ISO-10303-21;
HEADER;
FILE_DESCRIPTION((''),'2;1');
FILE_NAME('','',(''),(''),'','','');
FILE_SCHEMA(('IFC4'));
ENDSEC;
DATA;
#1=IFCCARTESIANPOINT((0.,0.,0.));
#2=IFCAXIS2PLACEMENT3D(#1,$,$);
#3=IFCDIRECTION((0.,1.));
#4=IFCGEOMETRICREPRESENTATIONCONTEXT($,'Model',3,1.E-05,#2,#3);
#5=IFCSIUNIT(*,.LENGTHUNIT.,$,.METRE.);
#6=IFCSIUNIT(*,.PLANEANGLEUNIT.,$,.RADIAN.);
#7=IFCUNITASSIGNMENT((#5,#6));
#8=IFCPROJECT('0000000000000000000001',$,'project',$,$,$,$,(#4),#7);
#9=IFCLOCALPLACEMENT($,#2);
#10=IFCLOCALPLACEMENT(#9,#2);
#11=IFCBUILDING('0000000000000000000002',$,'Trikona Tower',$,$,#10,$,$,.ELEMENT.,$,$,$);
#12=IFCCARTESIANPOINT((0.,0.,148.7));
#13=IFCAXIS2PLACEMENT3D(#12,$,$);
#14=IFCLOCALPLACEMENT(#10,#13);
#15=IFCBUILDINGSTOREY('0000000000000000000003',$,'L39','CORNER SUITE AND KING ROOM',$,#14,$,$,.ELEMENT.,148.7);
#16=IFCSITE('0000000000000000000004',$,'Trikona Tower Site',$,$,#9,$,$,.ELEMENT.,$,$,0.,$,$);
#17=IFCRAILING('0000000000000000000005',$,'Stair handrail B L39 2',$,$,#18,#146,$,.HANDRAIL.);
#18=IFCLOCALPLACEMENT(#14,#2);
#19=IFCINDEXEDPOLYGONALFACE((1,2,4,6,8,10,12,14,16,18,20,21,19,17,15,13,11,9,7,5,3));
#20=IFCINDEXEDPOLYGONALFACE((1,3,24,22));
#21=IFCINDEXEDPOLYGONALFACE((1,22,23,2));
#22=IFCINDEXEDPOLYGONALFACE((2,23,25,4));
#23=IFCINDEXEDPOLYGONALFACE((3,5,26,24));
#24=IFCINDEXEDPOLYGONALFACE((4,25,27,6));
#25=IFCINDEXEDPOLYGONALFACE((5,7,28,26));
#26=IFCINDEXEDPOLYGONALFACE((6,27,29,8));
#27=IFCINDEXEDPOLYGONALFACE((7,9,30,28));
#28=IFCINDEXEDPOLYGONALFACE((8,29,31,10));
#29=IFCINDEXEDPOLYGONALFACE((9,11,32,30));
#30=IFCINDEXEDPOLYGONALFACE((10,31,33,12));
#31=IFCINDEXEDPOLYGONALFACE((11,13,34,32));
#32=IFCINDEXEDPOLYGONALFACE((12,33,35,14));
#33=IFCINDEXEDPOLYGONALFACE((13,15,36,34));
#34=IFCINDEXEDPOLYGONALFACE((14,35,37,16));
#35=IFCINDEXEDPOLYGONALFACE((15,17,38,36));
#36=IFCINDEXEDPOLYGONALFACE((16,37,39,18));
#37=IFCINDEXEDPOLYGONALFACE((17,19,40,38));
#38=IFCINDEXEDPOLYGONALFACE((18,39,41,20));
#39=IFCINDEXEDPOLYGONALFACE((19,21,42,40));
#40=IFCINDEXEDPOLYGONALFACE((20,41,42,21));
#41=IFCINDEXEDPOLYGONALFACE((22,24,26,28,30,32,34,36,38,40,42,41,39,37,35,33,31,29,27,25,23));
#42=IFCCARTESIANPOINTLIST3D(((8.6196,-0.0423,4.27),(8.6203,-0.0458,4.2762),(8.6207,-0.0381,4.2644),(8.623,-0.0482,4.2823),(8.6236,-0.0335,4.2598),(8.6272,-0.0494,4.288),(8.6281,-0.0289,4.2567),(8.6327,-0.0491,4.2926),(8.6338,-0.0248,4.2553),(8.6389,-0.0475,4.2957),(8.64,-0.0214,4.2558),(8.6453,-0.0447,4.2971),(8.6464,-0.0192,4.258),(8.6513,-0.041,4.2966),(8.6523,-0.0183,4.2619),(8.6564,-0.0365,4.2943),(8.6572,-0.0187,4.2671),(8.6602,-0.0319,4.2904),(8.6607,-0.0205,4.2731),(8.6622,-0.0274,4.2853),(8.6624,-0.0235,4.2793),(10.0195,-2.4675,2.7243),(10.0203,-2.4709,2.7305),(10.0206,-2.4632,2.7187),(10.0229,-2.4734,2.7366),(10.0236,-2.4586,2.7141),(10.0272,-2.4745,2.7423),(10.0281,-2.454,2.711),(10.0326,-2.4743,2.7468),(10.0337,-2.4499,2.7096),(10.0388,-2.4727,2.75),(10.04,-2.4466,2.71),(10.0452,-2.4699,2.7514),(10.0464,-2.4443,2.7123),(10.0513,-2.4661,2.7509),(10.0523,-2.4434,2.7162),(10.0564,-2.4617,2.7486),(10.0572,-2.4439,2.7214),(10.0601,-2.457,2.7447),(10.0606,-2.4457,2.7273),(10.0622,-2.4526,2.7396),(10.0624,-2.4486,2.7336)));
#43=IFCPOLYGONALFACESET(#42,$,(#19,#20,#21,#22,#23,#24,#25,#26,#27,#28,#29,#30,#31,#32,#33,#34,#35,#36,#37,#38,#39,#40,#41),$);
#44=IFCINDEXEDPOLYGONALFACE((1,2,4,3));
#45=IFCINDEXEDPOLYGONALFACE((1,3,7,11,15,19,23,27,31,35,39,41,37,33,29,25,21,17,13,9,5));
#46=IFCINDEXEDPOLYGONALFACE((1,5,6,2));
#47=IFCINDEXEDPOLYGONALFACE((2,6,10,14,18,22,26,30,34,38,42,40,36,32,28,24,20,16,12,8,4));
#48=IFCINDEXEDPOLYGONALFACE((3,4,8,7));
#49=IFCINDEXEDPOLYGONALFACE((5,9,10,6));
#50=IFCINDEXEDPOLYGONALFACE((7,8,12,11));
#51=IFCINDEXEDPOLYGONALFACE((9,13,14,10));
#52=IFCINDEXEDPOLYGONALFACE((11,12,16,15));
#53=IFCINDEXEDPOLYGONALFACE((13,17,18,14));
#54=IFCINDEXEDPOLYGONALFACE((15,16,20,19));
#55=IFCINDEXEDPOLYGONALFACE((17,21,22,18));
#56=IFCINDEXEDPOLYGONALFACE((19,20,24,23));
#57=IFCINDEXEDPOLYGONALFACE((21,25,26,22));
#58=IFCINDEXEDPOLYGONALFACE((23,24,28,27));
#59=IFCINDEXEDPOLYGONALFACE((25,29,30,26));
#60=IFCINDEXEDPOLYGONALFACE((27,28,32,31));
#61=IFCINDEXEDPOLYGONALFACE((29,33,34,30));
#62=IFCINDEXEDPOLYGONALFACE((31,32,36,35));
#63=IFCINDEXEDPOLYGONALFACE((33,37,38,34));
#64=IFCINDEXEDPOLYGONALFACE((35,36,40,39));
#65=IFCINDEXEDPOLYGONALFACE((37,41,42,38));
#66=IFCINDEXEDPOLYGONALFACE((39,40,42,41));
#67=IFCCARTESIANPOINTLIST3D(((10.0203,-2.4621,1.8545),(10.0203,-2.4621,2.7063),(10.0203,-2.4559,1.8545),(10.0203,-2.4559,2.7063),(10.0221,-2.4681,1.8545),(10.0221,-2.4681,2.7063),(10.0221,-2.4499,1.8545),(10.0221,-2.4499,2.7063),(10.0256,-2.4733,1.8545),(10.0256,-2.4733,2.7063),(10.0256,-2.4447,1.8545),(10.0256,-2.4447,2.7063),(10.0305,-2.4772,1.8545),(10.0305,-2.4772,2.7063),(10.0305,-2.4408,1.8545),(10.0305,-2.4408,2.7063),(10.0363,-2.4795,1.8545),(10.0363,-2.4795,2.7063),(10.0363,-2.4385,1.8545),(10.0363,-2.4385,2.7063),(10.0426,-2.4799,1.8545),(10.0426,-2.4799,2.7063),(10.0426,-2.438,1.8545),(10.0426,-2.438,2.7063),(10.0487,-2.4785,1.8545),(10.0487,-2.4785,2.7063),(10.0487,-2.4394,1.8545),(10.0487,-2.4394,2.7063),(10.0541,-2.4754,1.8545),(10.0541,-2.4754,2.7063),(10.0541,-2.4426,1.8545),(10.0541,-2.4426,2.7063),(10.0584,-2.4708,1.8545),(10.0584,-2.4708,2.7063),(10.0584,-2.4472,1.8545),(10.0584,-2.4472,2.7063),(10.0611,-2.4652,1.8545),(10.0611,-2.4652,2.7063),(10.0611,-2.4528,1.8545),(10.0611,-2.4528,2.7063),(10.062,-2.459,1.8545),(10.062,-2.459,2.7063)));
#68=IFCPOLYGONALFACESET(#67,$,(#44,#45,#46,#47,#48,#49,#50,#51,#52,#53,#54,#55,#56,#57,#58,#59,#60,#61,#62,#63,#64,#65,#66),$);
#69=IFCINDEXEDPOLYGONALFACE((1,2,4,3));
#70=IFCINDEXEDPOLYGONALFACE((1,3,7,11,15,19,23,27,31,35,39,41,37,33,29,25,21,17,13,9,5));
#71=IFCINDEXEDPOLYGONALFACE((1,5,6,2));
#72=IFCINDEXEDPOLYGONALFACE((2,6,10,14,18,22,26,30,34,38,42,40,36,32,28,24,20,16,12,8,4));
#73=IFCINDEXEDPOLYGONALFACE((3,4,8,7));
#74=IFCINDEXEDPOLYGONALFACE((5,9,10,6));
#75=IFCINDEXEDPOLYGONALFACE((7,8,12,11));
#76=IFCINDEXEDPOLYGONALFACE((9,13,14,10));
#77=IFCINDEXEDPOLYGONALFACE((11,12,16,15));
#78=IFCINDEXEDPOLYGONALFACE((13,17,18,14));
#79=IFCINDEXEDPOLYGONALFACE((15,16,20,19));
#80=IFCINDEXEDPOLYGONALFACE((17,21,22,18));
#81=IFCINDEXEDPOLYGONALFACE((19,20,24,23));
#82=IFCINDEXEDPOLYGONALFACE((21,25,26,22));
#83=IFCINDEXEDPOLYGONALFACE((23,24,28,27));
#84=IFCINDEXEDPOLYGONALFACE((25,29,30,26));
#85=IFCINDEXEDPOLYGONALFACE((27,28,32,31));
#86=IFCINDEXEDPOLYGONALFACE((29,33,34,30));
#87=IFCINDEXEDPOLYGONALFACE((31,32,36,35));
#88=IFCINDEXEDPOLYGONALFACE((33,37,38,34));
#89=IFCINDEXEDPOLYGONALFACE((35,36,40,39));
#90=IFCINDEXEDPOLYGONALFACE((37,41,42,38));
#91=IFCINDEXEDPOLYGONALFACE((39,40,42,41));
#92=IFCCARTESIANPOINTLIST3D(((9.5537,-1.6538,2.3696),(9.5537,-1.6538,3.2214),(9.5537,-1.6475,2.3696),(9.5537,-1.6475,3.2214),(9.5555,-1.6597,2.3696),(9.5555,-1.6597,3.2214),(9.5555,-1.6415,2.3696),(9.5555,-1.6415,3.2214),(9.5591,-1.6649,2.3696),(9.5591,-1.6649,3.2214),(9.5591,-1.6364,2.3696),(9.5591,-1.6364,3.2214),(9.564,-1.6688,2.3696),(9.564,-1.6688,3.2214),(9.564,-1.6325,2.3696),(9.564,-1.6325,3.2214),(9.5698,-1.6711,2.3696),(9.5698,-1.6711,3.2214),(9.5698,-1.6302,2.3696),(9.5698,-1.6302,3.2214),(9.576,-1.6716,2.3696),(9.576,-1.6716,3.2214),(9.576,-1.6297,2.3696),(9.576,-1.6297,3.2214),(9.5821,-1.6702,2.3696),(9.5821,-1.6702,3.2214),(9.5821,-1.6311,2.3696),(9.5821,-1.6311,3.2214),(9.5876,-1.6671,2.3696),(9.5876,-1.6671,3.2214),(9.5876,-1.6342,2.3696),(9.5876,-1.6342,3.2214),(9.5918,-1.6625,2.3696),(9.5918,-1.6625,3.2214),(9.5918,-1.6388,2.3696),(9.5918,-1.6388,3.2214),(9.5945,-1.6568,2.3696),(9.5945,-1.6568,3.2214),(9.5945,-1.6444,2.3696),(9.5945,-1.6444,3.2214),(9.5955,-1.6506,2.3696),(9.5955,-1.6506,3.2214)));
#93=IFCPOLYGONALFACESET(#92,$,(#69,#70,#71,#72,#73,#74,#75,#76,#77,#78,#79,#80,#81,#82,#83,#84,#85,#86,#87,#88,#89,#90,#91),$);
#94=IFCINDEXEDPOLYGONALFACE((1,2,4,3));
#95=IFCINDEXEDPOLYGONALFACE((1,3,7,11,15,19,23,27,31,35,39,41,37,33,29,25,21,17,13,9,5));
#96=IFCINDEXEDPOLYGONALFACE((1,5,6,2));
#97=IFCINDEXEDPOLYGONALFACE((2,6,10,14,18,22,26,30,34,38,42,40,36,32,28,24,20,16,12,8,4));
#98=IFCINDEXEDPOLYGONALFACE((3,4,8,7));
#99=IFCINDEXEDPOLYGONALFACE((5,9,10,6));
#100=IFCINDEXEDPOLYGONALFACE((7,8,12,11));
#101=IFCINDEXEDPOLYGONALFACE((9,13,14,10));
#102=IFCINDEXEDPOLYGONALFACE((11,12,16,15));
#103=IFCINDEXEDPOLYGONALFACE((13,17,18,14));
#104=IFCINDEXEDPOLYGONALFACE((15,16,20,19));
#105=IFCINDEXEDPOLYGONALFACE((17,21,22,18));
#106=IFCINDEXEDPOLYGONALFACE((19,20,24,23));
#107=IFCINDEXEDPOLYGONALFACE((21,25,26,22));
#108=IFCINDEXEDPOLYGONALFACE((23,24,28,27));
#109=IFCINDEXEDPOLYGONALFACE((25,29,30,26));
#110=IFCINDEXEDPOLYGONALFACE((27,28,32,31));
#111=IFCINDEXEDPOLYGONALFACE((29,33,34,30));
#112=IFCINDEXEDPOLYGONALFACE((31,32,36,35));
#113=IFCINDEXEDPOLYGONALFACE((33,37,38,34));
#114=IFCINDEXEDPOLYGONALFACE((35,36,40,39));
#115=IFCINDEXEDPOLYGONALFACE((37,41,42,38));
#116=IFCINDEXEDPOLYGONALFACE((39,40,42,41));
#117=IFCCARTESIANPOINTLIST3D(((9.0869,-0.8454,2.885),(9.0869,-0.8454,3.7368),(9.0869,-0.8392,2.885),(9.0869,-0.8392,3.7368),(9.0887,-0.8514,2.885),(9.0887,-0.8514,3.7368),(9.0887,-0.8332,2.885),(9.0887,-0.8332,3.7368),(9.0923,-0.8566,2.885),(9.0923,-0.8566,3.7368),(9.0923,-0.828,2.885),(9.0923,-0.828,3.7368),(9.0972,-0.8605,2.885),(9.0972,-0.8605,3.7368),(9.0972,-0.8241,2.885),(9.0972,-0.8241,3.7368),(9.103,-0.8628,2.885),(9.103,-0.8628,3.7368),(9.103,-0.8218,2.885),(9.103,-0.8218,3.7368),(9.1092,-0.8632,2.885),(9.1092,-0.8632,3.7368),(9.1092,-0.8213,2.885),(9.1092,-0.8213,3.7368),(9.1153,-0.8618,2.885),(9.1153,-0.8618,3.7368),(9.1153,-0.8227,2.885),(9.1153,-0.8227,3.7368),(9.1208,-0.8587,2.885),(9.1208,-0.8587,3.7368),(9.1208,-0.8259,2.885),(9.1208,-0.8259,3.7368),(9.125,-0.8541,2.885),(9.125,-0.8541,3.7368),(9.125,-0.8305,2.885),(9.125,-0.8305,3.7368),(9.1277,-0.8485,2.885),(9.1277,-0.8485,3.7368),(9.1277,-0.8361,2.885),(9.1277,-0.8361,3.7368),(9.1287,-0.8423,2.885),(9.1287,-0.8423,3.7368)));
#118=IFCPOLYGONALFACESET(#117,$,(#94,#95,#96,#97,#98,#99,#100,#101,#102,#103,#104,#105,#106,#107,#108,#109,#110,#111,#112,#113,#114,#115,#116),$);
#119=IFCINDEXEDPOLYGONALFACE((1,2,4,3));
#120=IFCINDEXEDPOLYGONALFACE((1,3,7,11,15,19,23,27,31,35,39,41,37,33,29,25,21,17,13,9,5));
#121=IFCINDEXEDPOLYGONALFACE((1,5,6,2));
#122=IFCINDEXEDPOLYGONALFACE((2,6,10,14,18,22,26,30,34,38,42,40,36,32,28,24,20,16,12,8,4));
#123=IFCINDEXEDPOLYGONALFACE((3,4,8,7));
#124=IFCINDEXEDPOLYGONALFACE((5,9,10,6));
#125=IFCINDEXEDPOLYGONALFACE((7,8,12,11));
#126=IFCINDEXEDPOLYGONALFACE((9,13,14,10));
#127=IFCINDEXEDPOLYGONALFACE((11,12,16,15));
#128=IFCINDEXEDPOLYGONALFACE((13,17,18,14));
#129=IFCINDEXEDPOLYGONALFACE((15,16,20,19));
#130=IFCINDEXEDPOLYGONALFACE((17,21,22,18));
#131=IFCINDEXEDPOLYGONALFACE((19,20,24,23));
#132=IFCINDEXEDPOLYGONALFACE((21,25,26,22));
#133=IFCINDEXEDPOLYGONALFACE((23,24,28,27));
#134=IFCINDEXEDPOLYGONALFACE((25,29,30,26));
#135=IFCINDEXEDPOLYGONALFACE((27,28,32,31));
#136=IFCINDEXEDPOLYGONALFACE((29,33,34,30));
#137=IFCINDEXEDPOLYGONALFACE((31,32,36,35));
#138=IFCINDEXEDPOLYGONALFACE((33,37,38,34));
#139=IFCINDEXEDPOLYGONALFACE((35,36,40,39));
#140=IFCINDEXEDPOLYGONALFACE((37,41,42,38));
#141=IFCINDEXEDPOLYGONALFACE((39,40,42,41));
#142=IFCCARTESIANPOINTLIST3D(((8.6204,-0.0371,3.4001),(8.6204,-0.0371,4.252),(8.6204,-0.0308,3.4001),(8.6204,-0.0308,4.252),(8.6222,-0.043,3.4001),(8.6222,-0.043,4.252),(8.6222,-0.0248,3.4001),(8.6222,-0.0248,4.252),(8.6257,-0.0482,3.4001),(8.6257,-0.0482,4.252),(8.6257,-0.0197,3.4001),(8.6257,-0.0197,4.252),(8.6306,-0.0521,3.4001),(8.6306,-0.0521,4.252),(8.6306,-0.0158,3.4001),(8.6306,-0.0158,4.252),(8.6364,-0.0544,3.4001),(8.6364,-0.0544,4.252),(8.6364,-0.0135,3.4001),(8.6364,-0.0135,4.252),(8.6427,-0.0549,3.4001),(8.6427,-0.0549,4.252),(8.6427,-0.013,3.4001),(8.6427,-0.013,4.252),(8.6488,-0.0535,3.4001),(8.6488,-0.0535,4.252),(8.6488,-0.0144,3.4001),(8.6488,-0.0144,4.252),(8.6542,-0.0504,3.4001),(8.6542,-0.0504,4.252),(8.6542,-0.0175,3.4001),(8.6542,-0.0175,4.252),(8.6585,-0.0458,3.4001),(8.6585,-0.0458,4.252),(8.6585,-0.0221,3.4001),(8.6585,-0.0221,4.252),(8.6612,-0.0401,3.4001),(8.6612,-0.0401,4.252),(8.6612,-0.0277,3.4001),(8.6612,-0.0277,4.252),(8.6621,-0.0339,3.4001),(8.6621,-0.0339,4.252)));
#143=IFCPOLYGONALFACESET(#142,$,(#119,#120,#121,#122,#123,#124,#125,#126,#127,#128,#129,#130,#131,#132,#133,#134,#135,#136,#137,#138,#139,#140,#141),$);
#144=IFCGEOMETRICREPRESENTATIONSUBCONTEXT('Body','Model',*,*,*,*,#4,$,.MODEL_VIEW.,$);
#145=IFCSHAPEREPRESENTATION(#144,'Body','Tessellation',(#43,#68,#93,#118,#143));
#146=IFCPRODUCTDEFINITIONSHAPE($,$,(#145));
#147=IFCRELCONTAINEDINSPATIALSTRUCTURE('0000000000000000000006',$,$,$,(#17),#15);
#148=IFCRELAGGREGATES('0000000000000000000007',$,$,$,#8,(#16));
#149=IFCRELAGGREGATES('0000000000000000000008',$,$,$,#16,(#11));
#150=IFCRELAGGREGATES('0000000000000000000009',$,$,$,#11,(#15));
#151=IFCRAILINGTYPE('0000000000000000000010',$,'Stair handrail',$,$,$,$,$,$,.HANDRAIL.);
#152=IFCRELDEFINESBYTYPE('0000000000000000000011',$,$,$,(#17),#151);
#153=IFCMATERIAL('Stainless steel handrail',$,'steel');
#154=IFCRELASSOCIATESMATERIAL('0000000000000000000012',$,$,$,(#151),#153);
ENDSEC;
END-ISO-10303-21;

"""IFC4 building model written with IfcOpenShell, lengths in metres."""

from ifc_helpers import new_model, si_unit, direction, frame, origin, origin_2d, place, context, subcontext, project, spatial, circle, extrude, material, type_object, element, save


model = new_model("IFC4")

# Units and contexts
model_context = context("Model", 3, precision=1e-05, world=origin(), true_north=direction((0.0, 1.0)))
body_context = subcontext(model_context, "Body", "Model", "MODEL_VIEW")
ifc_project = project(units=[si_unit("LENGTHUNIT", "METRE"), si_unit("PLANEANGLEUNIT", "RADIAN")], contexts=[model_context])

# Site, building, storey
site_placement = place(None, origin())
site = spatial("IfcSite", under=ifc_project, at=site_placement, Name="Trikona Tower Site", CompositionType="ELEMENT", RefElevation=0.0)
building_placement = place(site_placement, origin())
building = spatial("IfcBuilding", under=site, at=building_placement, Name="Trikona Tower", CompositionType="ELEMENT")
storey_placement = place(building_placement, frame((0.0, 0.0, 148.7)))
storey = spatial("IfcBuildingStorey", under=building, at=storey_placement, Name="L39", Description="CORNER SUITE AND KING ROOM", CompositionType="ELEMENT", Elevation=148.7)

# Railing
ifc_material_1 = material(Name="Stainless steel handrail", Category="steel")
railing_type = type_object("IfcRailingType", Name="Stair handrail", PredefinedType="HANDRAIL", material=ifc_material_1)
railing_placement = place(storey_placement, frame((10.041, -2.459, 1.8545)))
element("IfcRailing", 1, at=railing_placement, inside=storey, type_object=railing_type, Name="Stair handrail B L39 2", PredefinedType="HANDRAIL", context=body_context, shape_type="SweptSolid", body=[
    extrude(circle(Radius=0.0239, at=origin_2d()), frame((0.0, 0.0, 0.876), z_axis=(-0.437691, 0.758212, 0.483262), x_axis=(-0.866056, -0.499946, 0.0)), (0.0, 0.0, 1.0), 3.1985),
    extrude(circle(Radius=0.021, at=origin_2d()), origin(), (0.0, 0.0, 1.0), 0.8518),
    extrude(circle(Radius=0.021, at=origin_2d()), frame((-0.4666, 0.8083, 0.5151)), (0.0, 0.0, 1.0), 0.8518),
    extrude(circle(Radius=0.021, at=origin_2d()), frame((-0.9333, 1.6167, 1.0305)), (0.0, 0.0, 1.0), 0.8518),
    extrude(circle(Radius=0.021, at=origin_2d()), frame((-1.3999, 2.425, 1.5457)), (0.0, 0.0, 1.0), 0.8518),
])

save(model, "model.ifc")
